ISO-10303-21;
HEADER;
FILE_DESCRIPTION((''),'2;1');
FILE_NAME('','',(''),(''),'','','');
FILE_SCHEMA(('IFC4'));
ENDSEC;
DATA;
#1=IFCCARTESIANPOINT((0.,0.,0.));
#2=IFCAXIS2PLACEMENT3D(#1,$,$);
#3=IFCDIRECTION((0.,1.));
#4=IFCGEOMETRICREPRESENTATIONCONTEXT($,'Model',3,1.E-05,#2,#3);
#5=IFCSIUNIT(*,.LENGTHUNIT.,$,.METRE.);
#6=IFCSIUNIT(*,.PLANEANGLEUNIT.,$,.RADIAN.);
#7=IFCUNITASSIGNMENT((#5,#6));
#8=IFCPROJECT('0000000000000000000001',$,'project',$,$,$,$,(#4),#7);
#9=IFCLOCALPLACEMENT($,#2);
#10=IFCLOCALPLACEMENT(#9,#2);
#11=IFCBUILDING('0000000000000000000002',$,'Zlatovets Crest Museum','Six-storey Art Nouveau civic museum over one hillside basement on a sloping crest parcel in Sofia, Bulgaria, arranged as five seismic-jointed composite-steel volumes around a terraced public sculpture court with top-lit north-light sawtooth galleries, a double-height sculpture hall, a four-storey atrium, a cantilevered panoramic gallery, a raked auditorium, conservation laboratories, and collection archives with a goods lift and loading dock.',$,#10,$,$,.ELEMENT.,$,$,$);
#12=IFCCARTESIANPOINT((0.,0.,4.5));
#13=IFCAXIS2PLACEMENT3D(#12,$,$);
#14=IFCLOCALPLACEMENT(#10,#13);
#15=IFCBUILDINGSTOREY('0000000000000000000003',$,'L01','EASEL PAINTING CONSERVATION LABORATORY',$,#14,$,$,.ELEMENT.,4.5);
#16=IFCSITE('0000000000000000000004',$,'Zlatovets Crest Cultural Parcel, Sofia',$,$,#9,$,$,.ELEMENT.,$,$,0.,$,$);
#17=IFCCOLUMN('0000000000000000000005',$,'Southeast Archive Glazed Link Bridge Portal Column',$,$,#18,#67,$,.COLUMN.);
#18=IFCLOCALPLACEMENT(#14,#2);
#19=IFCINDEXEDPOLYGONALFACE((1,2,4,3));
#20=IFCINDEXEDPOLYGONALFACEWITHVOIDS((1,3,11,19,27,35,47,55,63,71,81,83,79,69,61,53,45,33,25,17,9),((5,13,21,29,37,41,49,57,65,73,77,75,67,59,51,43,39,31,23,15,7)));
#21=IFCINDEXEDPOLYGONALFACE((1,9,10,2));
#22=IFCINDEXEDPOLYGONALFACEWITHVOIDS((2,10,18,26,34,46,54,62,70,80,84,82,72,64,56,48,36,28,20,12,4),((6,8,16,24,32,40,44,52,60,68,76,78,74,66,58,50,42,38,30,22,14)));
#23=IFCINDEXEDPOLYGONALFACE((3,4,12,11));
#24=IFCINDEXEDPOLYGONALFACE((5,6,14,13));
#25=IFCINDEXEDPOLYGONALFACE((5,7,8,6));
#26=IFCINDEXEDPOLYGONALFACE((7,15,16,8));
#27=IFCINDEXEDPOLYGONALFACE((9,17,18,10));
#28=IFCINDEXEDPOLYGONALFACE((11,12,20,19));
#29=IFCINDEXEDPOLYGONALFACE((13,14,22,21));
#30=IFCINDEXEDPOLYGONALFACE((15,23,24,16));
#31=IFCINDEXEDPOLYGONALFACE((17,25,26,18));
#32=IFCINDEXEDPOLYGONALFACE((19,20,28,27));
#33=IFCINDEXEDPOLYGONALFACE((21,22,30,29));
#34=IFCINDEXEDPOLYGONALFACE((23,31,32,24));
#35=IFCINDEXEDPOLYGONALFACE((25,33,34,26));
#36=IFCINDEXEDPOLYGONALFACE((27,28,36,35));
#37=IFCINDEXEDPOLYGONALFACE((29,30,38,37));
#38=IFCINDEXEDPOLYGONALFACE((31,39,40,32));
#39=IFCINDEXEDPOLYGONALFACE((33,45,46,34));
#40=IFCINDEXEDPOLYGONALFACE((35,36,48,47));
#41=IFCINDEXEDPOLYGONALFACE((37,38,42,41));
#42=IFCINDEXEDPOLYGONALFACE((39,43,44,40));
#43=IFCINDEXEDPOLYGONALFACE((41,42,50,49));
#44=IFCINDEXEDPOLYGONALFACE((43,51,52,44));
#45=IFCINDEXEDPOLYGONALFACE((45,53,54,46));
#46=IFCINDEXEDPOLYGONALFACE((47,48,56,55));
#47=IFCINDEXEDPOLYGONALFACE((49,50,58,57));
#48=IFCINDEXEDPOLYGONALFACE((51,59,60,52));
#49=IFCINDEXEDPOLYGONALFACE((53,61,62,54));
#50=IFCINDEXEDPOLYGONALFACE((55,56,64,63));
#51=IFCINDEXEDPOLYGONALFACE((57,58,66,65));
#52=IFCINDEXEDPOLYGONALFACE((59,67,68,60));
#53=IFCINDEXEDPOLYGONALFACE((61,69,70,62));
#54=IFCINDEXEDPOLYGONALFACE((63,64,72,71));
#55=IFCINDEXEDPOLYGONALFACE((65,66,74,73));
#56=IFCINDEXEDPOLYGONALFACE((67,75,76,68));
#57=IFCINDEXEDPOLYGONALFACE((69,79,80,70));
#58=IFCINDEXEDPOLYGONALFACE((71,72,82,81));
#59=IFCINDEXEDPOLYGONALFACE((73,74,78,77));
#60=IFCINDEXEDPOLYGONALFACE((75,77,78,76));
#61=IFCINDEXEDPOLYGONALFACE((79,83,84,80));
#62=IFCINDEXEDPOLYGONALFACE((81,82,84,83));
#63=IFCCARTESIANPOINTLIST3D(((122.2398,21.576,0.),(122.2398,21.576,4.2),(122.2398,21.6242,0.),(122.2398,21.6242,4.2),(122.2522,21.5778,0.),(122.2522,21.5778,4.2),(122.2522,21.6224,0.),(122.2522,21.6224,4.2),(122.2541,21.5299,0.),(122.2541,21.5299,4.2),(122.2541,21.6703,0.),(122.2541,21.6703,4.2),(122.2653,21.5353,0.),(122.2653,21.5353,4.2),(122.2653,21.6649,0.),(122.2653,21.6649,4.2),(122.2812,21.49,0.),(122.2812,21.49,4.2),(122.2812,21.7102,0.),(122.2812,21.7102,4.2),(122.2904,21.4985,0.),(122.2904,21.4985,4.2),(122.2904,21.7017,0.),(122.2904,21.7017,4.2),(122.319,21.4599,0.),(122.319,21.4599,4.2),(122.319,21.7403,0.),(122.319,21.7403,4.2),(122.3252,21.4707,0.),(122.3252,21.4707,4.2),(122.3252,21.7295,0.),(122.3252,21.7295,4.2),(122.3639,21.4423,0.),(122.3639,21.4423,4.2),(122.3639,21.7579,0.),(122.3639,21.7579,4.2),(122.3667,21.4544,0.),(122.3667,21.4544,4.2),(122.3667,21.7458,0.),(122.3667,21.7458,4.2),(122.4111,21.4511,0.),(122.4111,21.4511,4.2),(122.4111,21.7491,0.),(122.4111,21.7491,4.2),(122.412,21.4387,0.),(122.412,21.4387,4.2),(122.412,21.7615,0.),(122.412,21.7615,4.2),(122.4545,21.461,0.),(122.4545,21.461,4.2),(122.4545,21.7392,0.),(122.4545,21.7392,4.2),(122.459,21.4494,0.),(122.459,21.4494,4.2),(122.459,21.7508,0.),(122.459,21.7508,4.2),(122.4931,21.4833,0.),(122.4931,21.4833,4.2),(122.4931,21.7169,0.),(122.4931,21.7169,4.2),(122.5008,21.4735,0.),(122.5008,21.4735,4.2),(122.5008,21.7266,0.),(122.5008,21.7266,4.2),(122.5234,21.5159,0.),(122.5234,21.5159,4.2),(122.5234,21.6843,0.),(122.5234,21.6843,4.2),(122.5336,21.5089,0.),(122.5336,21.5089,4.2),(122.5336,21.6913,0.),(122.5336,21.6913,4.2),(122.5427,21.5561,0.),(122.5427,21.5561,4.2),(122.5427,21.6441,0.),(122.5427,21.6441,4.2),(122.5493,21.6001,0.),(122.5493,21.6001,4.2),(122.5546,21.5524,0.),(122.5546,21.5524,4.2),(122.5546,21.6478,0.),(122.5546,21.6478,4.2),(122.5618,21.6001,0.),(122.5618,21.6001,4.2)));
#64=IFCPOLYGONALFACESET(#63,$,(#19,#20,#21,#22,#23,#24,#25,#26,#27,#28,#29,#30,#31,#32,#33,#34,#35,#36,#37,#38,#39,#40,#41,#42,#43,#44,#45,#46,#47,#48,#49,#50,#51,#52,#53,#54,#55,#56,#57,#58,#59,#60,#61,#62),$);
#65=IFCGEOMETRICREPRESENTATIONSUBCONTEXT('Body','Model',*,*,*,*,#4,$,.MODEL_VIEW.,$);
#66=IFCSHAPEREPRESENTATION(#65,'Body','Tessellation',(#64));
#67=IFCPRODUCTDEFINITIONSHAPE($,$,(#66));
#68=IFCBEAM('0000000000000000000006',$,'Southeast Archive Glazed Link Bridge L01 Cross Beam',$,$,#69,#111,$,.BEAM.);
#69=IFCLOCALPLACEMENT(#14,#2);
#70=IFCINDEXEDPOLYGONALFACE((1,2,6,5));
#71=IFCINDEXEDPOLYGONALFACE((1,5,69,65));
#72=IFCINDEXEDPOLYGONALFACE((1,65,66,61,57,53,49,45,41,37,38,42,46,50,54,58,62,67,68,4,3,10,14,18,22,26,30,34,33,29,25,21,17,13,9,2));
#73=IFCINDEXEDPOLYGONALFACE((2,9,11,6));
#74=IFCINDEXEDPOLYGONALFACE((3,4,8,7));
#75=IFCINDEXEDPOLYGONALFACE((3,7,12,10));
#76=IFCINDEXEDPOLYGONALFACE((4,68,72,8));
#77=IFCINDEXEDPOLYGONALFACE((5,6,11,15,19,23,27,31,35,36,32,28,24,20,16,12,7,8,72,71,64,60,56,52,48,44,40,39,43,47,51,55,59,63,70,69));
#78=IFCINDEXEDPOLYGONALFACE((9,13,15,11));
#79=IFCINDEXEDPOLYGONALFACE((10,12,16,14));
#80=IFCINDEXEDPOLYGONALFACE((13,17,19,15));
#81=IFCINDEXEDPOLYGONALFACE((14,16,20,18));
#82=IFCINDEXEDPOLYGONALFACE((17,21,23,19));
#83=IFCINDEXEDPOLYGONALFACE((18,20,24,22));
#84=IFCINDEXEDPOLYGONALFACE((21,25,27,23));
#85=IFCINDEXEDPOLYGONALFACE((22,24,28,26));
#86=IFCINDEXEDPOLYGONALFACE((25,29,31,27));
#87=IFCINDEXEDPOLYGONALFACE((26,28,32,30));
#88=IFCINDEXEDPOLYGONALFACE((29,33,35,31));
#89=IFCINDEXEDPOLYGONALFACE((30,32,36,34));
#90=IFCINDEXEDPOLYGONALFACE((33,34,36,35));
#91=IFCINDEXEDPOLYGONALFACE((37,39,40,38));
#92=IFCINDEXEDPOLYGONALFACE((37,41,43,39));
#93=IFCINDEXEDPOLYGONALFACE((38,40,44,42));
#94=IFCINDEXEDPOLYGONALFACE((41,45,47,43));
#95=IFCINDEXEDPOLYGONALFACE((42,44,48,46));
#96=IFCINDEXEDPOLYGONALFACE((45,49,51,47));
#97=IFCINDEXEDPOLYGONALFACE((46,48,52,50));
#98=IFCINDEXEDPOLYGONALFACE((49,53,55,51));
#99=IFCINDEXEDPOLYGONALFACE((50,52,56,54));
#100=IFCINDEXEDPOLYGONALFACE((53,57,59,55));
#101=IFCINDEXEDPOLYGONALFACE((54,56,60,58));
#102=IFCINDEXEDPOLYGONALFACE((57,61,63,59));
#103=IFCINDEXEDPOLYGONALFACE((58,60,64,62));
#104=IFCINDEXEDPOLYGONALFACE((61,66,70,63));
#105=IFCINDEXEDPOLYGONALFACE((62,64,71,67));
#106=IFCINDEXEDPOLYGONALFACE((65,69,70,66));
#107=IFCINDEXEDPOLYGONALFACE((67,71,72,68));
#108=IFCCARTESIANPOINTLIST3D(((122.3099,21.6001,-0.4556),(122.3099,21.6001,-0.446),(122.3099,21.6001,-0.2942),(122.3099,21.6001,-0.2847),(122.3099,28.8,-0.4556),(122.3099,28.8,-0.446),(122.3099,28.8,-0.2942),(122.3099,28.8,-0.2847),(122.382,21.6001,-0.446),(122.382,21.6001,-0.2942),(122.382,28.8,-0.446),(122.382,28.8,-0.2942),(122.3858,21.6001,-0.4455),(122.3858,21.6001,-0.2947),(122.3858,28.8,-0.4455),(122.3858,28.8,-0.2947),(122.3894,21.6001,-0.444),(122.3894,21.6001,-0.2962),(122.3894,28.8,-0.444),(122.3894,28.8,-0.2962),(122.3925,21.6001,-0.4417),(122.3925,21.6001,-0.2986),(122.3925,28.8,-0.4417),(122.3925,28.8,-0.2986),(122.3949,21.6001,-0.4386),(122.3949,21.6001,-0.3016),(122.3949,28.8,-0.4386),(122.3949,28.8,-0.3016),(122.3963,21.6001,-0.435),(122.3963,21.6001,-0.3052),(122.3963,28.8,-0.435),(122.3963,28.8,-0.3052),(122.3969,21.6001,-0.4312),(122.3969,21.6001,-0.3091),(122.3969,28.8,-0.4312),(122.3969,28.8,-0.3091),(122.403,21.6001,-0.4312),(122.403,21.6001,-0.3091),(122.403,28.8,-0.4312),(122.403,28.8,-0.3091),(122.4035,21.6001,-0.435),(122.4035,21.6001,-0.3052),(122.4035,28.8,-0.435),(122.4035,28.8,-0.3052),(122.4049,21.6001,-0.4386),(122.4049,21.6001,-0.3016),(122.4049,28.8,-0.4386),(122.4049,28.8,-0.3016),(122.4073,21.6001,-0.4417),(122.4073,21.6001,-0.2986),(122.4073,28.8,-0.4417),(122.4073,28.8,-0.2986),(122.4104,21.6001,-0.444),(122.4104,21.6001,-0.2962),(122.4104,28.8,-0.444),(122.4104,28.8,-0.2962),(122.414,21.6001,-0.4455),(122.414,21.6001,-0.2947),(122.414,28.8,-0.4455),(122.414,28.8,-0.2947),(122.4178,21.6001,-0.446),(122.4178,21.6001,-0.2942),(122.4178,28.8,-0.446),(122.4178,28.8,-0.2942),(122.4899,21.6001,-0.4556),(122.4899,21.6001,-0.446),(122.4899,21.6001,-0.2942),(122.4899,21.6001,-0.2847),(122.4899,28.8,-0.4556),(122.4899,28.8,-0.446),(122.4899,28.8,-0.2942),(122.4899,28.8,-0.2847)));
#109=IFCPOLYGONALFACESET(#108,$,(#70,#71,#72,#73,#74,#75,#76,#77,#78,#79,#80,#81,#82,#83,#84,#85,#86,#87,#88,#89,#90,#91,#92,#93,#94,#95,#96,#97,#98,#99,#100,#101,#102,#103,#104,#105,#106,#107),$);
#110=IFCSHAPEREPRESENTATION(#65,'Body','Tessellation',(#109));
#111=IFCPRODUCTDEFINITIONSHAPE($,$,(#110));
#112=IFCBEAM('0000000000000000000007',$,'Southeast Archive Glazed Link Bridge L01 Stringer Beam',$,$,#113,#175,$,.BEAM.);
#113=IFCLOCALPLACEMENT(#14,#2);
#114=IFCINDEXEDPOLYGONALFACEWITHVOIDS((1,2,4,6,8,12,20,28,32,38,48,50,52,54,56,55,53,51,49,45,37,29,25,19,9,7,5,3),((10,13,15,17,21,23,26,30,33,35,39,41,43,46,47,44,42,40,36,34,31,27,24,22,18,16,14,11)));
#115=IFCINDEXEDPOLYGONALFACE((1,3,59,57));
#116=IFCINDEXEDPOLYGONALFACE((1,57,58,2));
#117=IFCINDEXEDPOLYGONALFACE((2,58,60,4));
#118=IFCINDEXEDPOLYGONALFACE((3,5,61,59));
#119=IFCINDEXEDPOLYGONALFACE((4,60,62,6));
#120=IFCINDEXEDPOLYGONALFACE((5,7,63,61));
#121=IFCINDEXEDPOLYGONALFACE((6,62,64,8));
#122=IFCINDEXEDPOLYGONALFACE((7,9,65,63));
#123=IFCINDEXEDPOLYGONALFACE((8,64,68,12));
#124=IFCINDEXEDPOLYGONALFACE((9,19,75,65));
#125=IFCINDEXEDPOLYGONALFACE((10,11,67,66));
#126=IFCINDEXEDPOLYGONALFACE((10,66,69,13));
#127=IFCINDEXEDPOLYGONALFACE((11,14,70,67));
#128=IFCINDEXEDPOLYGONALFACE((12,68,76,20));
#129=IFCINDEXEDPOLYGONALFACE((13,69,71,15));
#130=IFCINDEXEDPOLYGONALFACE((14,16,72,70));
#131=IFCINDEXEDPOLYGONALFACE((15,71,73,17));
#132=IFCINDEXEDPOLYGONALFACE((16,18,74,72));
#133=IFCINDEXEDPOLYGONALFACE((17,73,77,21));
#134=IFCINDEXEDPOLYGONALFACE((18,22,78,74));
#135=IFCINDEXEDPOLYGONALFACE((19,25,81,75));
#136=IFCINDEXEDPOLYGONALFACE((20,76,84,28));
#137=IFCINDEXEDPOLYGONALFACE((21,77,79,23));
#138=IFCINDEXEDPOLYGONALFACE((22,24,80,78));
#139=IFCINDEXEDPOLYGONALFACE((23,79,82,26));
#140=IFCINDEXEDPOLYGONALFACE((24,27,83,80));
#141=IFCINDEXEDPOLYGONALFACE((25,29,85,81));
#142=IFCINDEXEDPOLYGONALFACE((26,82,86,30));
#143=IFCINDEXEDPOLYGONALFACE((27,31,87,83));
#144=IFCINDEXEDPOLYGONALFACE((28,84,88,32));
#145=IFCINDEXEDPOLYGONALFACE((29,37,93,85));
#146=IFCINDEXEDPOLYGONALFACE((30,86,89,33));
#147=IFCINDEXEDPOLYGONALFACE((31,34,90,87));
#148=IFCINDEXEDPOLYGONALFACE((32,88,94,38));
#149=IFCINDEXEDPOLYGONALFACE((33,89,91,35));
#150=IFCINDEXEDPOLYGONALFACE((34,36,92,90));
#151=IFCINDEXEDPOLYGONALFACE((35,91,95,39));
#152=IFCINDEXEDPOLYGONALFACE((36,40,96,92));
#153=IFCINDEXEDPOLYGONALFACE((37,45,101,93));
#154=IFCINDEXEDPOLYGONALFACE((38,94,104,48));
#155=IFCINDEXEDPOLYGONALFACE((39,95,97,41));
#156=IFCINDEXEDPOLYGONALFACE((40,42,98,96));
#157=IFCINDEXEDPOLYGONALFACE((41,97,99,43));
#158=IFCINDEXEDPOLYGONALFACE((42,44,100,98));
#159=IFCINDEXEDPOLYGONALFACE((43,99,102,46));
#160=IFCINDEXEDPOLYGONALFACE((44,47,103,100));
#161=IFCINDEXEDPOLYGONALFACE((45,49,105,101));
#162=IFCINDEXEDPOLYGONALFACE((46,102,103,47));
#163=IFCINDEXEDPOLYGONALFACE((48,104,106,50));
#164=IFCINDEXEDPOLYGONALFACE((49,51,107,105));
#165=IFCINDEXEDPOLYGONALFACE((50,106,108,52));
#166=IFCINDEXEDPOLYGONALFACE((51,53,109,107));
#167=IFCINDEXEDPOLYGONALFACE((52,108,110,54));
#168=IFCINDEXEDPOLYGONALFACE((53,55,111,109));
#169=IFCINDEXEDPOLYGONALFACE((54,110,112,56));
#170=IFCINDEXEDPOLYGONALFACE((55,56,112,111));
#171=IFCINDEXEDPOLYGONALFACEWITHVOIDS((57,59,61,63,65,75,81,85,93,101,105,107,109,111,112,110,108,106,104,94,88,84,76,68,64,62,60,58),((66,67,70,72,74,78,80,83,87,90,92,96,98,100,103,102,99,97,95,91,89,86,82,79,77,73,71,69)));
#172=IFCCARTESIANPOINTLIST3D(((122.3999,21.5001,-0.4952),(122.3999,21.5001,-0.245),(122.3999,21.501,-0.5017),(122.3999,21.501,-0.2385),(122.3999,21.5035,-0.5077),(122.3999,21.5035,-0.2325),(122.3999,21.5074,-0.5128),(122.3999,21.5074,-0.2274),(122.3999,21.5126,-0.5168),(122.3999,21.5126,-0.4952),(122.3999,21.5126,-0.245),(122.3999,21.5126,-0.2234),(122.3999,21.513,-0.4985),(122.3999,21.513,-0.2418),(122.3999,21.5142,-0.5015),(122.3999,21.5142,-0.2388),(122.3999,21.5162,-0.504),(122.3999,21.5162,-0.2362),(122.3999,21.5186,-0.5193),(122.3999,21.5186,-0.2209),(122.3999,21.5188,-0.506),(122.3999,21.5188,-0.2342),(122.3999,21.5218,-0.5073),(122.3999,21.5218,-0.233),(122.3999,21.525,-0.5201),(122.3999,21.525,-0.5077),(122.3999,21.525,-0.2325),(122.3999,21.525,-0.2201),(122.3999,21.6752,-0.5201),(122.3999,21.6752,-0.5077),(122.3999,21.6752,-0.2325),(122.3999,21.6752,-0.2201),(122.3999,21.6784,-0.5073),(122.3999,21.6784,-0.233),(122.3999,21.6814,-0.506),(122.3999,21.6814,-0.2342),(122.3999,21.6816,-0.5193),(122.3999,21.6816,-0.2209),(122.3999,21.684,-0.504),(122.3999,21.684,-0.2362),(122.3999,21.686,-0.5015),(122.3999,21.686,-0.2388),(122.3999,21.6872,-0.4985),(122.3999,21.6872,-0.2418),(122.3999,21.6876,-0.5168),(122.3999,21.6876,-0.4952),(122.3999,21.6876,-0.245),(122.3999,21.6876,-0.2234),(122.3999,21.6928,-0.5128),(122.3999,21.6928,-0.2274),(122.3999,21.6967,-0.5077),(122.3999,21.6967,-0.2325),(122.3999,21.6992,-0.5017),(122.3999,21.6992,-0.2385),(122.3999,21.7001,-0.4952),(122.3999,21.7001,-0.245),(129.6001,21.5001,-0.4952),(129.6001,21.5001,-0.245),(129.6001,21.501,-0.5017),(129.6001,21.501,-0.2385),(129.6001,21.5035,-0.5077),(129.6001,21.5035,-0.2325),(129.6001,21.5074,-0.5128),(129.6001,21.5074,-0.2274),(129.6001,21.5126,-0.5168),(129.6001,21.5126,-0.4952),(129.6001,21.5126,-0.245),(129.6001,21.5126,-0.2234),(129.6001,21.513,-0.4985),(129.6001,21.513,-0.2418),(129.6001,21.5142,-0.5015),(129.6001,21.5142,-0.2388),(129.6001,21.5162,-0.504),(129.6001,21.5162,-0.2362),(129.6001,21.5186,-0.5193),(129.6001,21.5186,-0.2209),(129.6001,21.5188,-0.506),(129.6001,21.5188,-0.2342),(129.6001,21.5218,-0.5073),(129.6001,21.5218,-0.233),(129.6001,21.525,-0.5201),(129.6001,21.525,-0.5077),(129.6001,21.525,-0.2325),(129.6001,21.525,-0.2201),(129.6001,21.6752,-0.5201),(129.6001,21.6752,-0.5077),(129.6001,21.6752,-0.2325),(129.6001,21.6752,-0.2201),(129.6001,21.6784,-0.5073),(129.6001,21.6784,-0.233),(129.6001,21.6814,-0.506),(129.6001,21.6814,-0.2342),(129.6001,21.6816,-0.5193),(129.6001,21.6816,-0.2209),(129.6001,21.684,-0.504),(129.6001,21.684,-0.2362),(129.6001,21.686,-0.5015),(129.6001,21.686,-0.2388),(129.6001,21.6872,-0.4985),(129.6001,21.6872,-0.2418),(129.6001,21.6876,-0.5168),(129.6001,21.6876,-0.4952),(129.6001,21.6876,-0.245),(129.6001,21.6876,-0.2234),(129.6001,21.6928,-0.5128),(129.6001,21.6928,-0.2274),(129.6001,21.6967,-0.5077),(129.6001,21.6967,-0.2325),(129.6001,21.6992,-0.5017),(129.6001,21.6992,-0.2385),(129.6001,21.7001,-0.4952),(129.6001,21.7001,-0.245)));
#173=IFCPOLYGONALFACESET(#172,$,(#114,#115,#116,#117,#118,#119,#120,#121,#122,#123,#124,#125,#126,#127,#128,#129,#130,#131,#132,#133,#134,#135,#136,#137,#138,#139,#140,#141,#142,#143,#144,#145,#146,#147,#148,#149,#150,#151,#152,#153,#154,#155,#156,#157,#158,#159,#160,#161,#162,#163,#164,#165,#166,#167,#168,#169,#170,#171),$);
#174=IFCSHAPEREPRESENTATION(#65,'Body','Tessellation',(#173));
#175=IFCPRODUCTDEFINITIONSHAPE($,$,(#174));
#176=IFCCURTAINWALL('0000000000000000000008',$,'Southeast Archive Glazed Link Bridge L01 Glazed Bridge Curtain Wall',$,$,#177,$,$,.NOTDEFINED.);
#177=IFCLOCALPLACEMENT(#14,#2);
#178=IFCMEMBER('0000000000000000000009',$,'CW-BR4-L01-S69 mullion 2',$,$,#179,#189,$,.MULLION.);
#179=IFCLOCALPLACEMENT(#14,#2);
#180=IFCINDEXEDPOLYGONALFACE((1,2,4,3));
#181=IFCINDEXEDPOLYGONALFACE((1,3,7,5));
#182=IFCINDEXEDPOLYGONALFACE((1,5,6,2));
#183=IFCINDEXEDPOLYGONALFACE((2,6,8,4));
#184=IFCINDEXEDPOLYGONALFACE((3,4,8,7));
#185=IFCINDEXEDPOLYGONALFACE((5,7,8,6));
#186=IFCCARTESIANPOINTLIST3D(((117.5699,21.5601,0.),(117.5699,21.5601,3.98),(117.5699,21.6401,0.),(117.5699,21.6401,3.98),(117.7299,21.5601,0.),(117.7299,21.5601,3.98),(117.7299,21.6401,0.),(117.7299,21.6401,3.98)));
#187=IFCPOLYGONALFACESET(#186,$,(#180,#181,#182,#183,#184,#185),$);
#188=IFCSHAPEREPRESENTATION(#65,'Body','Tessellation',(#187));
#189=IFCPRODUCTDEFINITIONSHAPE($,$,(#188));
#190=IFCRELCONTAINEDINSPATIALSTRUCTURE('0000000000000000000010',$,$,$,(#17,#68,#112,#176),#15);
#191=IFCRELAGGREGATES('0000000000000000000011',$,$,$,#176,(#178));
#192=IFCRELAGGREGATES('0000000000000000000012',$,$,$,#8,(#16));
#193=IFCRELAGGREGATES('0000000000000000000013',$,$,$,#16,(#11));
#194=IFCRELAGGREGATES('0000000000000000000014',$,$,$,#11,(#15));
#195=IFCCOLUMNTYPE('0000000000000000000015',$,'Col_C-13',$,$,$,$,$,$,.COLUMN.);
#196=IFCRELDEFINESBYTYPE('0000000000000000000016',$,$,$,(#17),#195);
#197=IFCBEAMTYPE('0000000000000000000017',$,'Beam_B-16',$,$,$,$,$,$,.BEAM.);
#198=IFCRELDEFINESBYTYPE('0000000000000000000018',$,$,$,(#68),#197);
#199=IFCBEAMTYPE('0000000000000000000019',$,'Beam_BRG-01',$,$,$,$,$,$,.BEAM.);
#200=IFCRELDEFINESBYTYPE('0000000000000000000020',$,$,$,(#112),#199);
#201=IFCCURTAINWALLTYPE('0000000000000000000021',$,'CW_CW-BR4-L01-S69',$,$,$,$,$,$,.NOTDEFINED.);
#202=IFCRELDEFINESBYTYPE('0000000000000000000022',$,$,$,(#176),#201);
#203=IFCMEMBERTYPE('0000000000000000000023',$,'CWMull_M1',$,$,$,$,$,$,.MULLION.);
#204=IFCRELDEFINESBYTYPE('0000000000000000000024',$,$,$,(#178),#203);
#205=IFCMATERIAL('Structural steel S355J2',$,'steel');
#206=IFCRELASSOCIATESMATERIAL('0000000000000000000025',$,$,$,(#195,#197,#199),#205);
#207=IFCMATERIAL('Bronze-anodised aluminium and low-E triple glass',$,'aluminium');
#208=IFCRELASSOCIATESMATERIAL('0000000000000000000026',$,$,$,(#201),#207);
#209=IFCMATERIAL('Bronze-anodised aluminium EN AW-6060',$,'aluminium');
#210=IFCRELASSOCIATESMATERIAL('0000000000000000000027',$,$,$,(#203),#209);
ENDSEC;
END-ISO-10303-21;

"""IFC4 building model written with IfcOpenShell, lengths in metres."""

from ifc_helpers import new_model, si_unit, direction, frame, origin, origin_2d, place, context, subcontext, project, spatial, rectangle, hollow_rectangle, hollow_circle, i_section, extrude, material, material_profile, profile_set, type_object, element, aggregate, save


model = new_model("IFC4")

# Units and contexts
model_context = context("Model", 3, precision=1e-05, world=origin(), true_north=direction((0.0, 1.0)))
body_context = subcontext(model_context, "Body", "Model", "MODEL_VIEW")
ifc_project = project(units=[si_unit("LENGTHUNIT", "METRE"), si_unit("PLANEANGLEUNIT", "RADIAN")], contexts=[model_context])

# Site, building, storey
site_placement = place(None, origin())
site = spatial("IfcSite", under=ifc_project, at=site_placement, Name="Zlatovets Crest Cultural Parcel, Sofia", CompositionType="ELEMENT", RefElevation=0.0)
building_placement = place(site_placement, origin())
building = spatial("IfcBuilding", under=site, at=building_placement, Name="Zlatovets Crest Museum", Description="Six-storey Art Nouveau civic museum over one hillside basement on a sloping crest parcel in Sofia, Bulgaria, arranged as five seismic-jointed composite-steel volumes around a terraced public sculpture court with top-lit north-light sawtooth galleries, a double-height sculpture hall, a four-storey atrium, a cantilevered panoramic gallery, a raked auditorium, conservation laboratories, and collection archives with a goods lift and loading dock.", CompositionType="ELEMENT")
storey_placement = place(building_placement, frame((0.0, 0.0, 4.5)))
storey = spatial("IfcBuildingStorey", under=building, at=storey_placement, Name="L01", Description="EASEL PAINTING CONSERVATION LABORATORY", CompositionType="ELEMENT", Elevation=4.5)

# Column
ifc_material_1 = material(Name="Structural steel S355J2", Category="steel")
ifc_material_profile_1 = material_profile(ifc_material_1, hollow_circle(Radius=0.1619, WallThickness=0.0125, at=origin_2d()), Name="CHS 323.9x12.5")
ifc_profile_set_1 = profile_set([ifc_material_profile_1], Name="Structural steel S355J2")
column_type = type_object("IfcColumnType", Name="Col_C-13", PredefinedType="COLUMN", material=ifc_profile_set_1)
column_placement = place(storey_placement, frame((122.3999, 21.6001, 0.0), z_axis=(0.0, 0.0, 1.0), x_axis=(1.0, 0.0, 0.0)))
element("IfcColumn", 1, at=column_placement, inside=storey, type_object=column_type, Name="Southeast Archive Glazed Link Bridge Portal Column", PredefinedType="COLUMN", context=body_context, shape_type="SweptSolid", body=[
    extrude(hollow_circle(Radius=0.1619, WallThickness=0.0125, at=origin_2d()), origin(), (0.0, 0.0, 1.0), 4.2),
])

# Beams
ifc_material_profile_2 = material_profile(ifc_material_1, i_section(OverallWidth=0.1799, OverallDepth=0.1709, WebThickness=0.0061, FlangeThickness=0.0095, FilletRadius=0.0149, at=origin_2d()), Name="HEA 180")
ifc_profile_set_2 = profile_set([ifc_material_profile_2], Name="Structural steel S355J2")
beam_type_1 = type_object("IfcBeamType", Name="Beam_B-16", PredefinedType="BEAM", material=ifc_profile_set_2)
beam_1_placement = place(storey_placement, frame((122.3999, 21.6001, -0.3701), z_axis=(0.0, 1.0, 0.0), x_axis=(-1.0, 0.0, 0.0)))
element("IfcBeam", 2, at=beam_1_placement, inside=storey, type_object=beam_type_1, Name="Southeast Archive Glazed Link Bridge L01 Cross Beam", PredefinedType="BEAM", context=body_context, shape_type="SweptSolid", body=[
    extrude(i_section(OverallWidth=0.1799, OverallDepth=0.1709, WebThickness=0.0061, FlangeThickness=0.0095, FilletRadius=0.0149, at=origin_2d()), origin(), (0.0, 0.0, 1.0), 7.2),
])
ifc_material_profile_3 = material_profile(ifc_material_1, hollow_rectangle(XDim=0.2, YDim=0.3, WallThickness=0.0125, InnerFilletRadius=0.0125, OuterFilletRadius=0.0249, at=origin_2d()), Name="RHS 200x300x12.5")
ifc_profile_set_3 = profile_set([ifc_material_profile_3], Name="Structural steel S355J2")
beam_type_2 = type_object("IfcBeamType", Name="Beam_BRG-01", PredefinedType="BEAM", material=ifc_profile_set_3)
beam_2_placement = place(storey_placement, frame((122.3999, 21.6001, -0.3701), z_axis=(1.0, 0.0, 0.0), x_axis=(0.0, 1.0, 0.0)))
element("IfcBeam", 3, at=beam_2_placement, inside=storey, type_object=beam_type_2, Name="Southeast Archive Glazed Link Bridge L01 Stringer Beam", PredefinedType="BEAM", context=body_context, shape_type="SweptSolid", body=[
    extrude(hollow_rectangle(XDim=0.2, YDim=0.3, WallThickness=0.0125, InnerFilletRadius=0.0125, OuterFilletRadius=0.0249, at=origin_2d()), origin(), (0.0, 0.0, 1.0), 7.2002),
])

# Curtain wall, member
ifc_material_2 = material(Name="Bronze-anodised aluminium and low-E triple glass", Category="aluminium")
curtain_wall_type = type_object("IfcCurtainWallType", Name="CW_CW-BR4-L01-S69", PredefinedType="NOTDEFINED", material=ifc_material_2)
curtain_wall_1_placement = place(storey_placement, origin())
curtain_wall_1 = element("IfcCurtainWall", 4, at=curtain_wall_1_placement, inside=storey, type_object=curtain_wall_type, Name="Southeast Archive Glazed Link Bridge L01 Glazed Bridge Curtain Wall", PredefinedType="NOTDEFINED")
ifc_material_3 = material(Name="Bronze-anodised aluminium EN AW-6060", Category="aluminium")
ifc_material_profile_4 = material_profile(ifc_material_3, rectangle(XDim=0.0801, YDim=0.1599, at=origin_2d()), Name="ALU 80x160")
ifc_profile_set_4 = profile_set([ifc_material_profile_4], Name="Bronze-anodised aluminium EN AW-6060")
member_type_1 = type_object("IfcMemberType", Name="CWMull_M1", PredefinedType="MULLION", material=ifc_profile_set_4)
member_1_placement = place(storey_placement, frame((117.6499, 21.6001, 0.0), z_axis=(0.0, 0.0, 1.0), x_axis=(0.0, 1.0, 0.0)))
member_1 = element("IfcMember", 5, at=member_1_placement, type_object=member_type_1, Name="CW-BR4-L01-S69 mullion 2", PredefinedType="MULLION", context=body_context, shape_type="SweptSolid", body=[
    extrude(rectangle(XDim=0.0801, YDim=0.1599, at=origin_2d()), origin(), (0.0, 0.0, 1.0), 3.98),
])

aggregate(curtain_wall_1, [member_1])

save(model, "model.ifc")
